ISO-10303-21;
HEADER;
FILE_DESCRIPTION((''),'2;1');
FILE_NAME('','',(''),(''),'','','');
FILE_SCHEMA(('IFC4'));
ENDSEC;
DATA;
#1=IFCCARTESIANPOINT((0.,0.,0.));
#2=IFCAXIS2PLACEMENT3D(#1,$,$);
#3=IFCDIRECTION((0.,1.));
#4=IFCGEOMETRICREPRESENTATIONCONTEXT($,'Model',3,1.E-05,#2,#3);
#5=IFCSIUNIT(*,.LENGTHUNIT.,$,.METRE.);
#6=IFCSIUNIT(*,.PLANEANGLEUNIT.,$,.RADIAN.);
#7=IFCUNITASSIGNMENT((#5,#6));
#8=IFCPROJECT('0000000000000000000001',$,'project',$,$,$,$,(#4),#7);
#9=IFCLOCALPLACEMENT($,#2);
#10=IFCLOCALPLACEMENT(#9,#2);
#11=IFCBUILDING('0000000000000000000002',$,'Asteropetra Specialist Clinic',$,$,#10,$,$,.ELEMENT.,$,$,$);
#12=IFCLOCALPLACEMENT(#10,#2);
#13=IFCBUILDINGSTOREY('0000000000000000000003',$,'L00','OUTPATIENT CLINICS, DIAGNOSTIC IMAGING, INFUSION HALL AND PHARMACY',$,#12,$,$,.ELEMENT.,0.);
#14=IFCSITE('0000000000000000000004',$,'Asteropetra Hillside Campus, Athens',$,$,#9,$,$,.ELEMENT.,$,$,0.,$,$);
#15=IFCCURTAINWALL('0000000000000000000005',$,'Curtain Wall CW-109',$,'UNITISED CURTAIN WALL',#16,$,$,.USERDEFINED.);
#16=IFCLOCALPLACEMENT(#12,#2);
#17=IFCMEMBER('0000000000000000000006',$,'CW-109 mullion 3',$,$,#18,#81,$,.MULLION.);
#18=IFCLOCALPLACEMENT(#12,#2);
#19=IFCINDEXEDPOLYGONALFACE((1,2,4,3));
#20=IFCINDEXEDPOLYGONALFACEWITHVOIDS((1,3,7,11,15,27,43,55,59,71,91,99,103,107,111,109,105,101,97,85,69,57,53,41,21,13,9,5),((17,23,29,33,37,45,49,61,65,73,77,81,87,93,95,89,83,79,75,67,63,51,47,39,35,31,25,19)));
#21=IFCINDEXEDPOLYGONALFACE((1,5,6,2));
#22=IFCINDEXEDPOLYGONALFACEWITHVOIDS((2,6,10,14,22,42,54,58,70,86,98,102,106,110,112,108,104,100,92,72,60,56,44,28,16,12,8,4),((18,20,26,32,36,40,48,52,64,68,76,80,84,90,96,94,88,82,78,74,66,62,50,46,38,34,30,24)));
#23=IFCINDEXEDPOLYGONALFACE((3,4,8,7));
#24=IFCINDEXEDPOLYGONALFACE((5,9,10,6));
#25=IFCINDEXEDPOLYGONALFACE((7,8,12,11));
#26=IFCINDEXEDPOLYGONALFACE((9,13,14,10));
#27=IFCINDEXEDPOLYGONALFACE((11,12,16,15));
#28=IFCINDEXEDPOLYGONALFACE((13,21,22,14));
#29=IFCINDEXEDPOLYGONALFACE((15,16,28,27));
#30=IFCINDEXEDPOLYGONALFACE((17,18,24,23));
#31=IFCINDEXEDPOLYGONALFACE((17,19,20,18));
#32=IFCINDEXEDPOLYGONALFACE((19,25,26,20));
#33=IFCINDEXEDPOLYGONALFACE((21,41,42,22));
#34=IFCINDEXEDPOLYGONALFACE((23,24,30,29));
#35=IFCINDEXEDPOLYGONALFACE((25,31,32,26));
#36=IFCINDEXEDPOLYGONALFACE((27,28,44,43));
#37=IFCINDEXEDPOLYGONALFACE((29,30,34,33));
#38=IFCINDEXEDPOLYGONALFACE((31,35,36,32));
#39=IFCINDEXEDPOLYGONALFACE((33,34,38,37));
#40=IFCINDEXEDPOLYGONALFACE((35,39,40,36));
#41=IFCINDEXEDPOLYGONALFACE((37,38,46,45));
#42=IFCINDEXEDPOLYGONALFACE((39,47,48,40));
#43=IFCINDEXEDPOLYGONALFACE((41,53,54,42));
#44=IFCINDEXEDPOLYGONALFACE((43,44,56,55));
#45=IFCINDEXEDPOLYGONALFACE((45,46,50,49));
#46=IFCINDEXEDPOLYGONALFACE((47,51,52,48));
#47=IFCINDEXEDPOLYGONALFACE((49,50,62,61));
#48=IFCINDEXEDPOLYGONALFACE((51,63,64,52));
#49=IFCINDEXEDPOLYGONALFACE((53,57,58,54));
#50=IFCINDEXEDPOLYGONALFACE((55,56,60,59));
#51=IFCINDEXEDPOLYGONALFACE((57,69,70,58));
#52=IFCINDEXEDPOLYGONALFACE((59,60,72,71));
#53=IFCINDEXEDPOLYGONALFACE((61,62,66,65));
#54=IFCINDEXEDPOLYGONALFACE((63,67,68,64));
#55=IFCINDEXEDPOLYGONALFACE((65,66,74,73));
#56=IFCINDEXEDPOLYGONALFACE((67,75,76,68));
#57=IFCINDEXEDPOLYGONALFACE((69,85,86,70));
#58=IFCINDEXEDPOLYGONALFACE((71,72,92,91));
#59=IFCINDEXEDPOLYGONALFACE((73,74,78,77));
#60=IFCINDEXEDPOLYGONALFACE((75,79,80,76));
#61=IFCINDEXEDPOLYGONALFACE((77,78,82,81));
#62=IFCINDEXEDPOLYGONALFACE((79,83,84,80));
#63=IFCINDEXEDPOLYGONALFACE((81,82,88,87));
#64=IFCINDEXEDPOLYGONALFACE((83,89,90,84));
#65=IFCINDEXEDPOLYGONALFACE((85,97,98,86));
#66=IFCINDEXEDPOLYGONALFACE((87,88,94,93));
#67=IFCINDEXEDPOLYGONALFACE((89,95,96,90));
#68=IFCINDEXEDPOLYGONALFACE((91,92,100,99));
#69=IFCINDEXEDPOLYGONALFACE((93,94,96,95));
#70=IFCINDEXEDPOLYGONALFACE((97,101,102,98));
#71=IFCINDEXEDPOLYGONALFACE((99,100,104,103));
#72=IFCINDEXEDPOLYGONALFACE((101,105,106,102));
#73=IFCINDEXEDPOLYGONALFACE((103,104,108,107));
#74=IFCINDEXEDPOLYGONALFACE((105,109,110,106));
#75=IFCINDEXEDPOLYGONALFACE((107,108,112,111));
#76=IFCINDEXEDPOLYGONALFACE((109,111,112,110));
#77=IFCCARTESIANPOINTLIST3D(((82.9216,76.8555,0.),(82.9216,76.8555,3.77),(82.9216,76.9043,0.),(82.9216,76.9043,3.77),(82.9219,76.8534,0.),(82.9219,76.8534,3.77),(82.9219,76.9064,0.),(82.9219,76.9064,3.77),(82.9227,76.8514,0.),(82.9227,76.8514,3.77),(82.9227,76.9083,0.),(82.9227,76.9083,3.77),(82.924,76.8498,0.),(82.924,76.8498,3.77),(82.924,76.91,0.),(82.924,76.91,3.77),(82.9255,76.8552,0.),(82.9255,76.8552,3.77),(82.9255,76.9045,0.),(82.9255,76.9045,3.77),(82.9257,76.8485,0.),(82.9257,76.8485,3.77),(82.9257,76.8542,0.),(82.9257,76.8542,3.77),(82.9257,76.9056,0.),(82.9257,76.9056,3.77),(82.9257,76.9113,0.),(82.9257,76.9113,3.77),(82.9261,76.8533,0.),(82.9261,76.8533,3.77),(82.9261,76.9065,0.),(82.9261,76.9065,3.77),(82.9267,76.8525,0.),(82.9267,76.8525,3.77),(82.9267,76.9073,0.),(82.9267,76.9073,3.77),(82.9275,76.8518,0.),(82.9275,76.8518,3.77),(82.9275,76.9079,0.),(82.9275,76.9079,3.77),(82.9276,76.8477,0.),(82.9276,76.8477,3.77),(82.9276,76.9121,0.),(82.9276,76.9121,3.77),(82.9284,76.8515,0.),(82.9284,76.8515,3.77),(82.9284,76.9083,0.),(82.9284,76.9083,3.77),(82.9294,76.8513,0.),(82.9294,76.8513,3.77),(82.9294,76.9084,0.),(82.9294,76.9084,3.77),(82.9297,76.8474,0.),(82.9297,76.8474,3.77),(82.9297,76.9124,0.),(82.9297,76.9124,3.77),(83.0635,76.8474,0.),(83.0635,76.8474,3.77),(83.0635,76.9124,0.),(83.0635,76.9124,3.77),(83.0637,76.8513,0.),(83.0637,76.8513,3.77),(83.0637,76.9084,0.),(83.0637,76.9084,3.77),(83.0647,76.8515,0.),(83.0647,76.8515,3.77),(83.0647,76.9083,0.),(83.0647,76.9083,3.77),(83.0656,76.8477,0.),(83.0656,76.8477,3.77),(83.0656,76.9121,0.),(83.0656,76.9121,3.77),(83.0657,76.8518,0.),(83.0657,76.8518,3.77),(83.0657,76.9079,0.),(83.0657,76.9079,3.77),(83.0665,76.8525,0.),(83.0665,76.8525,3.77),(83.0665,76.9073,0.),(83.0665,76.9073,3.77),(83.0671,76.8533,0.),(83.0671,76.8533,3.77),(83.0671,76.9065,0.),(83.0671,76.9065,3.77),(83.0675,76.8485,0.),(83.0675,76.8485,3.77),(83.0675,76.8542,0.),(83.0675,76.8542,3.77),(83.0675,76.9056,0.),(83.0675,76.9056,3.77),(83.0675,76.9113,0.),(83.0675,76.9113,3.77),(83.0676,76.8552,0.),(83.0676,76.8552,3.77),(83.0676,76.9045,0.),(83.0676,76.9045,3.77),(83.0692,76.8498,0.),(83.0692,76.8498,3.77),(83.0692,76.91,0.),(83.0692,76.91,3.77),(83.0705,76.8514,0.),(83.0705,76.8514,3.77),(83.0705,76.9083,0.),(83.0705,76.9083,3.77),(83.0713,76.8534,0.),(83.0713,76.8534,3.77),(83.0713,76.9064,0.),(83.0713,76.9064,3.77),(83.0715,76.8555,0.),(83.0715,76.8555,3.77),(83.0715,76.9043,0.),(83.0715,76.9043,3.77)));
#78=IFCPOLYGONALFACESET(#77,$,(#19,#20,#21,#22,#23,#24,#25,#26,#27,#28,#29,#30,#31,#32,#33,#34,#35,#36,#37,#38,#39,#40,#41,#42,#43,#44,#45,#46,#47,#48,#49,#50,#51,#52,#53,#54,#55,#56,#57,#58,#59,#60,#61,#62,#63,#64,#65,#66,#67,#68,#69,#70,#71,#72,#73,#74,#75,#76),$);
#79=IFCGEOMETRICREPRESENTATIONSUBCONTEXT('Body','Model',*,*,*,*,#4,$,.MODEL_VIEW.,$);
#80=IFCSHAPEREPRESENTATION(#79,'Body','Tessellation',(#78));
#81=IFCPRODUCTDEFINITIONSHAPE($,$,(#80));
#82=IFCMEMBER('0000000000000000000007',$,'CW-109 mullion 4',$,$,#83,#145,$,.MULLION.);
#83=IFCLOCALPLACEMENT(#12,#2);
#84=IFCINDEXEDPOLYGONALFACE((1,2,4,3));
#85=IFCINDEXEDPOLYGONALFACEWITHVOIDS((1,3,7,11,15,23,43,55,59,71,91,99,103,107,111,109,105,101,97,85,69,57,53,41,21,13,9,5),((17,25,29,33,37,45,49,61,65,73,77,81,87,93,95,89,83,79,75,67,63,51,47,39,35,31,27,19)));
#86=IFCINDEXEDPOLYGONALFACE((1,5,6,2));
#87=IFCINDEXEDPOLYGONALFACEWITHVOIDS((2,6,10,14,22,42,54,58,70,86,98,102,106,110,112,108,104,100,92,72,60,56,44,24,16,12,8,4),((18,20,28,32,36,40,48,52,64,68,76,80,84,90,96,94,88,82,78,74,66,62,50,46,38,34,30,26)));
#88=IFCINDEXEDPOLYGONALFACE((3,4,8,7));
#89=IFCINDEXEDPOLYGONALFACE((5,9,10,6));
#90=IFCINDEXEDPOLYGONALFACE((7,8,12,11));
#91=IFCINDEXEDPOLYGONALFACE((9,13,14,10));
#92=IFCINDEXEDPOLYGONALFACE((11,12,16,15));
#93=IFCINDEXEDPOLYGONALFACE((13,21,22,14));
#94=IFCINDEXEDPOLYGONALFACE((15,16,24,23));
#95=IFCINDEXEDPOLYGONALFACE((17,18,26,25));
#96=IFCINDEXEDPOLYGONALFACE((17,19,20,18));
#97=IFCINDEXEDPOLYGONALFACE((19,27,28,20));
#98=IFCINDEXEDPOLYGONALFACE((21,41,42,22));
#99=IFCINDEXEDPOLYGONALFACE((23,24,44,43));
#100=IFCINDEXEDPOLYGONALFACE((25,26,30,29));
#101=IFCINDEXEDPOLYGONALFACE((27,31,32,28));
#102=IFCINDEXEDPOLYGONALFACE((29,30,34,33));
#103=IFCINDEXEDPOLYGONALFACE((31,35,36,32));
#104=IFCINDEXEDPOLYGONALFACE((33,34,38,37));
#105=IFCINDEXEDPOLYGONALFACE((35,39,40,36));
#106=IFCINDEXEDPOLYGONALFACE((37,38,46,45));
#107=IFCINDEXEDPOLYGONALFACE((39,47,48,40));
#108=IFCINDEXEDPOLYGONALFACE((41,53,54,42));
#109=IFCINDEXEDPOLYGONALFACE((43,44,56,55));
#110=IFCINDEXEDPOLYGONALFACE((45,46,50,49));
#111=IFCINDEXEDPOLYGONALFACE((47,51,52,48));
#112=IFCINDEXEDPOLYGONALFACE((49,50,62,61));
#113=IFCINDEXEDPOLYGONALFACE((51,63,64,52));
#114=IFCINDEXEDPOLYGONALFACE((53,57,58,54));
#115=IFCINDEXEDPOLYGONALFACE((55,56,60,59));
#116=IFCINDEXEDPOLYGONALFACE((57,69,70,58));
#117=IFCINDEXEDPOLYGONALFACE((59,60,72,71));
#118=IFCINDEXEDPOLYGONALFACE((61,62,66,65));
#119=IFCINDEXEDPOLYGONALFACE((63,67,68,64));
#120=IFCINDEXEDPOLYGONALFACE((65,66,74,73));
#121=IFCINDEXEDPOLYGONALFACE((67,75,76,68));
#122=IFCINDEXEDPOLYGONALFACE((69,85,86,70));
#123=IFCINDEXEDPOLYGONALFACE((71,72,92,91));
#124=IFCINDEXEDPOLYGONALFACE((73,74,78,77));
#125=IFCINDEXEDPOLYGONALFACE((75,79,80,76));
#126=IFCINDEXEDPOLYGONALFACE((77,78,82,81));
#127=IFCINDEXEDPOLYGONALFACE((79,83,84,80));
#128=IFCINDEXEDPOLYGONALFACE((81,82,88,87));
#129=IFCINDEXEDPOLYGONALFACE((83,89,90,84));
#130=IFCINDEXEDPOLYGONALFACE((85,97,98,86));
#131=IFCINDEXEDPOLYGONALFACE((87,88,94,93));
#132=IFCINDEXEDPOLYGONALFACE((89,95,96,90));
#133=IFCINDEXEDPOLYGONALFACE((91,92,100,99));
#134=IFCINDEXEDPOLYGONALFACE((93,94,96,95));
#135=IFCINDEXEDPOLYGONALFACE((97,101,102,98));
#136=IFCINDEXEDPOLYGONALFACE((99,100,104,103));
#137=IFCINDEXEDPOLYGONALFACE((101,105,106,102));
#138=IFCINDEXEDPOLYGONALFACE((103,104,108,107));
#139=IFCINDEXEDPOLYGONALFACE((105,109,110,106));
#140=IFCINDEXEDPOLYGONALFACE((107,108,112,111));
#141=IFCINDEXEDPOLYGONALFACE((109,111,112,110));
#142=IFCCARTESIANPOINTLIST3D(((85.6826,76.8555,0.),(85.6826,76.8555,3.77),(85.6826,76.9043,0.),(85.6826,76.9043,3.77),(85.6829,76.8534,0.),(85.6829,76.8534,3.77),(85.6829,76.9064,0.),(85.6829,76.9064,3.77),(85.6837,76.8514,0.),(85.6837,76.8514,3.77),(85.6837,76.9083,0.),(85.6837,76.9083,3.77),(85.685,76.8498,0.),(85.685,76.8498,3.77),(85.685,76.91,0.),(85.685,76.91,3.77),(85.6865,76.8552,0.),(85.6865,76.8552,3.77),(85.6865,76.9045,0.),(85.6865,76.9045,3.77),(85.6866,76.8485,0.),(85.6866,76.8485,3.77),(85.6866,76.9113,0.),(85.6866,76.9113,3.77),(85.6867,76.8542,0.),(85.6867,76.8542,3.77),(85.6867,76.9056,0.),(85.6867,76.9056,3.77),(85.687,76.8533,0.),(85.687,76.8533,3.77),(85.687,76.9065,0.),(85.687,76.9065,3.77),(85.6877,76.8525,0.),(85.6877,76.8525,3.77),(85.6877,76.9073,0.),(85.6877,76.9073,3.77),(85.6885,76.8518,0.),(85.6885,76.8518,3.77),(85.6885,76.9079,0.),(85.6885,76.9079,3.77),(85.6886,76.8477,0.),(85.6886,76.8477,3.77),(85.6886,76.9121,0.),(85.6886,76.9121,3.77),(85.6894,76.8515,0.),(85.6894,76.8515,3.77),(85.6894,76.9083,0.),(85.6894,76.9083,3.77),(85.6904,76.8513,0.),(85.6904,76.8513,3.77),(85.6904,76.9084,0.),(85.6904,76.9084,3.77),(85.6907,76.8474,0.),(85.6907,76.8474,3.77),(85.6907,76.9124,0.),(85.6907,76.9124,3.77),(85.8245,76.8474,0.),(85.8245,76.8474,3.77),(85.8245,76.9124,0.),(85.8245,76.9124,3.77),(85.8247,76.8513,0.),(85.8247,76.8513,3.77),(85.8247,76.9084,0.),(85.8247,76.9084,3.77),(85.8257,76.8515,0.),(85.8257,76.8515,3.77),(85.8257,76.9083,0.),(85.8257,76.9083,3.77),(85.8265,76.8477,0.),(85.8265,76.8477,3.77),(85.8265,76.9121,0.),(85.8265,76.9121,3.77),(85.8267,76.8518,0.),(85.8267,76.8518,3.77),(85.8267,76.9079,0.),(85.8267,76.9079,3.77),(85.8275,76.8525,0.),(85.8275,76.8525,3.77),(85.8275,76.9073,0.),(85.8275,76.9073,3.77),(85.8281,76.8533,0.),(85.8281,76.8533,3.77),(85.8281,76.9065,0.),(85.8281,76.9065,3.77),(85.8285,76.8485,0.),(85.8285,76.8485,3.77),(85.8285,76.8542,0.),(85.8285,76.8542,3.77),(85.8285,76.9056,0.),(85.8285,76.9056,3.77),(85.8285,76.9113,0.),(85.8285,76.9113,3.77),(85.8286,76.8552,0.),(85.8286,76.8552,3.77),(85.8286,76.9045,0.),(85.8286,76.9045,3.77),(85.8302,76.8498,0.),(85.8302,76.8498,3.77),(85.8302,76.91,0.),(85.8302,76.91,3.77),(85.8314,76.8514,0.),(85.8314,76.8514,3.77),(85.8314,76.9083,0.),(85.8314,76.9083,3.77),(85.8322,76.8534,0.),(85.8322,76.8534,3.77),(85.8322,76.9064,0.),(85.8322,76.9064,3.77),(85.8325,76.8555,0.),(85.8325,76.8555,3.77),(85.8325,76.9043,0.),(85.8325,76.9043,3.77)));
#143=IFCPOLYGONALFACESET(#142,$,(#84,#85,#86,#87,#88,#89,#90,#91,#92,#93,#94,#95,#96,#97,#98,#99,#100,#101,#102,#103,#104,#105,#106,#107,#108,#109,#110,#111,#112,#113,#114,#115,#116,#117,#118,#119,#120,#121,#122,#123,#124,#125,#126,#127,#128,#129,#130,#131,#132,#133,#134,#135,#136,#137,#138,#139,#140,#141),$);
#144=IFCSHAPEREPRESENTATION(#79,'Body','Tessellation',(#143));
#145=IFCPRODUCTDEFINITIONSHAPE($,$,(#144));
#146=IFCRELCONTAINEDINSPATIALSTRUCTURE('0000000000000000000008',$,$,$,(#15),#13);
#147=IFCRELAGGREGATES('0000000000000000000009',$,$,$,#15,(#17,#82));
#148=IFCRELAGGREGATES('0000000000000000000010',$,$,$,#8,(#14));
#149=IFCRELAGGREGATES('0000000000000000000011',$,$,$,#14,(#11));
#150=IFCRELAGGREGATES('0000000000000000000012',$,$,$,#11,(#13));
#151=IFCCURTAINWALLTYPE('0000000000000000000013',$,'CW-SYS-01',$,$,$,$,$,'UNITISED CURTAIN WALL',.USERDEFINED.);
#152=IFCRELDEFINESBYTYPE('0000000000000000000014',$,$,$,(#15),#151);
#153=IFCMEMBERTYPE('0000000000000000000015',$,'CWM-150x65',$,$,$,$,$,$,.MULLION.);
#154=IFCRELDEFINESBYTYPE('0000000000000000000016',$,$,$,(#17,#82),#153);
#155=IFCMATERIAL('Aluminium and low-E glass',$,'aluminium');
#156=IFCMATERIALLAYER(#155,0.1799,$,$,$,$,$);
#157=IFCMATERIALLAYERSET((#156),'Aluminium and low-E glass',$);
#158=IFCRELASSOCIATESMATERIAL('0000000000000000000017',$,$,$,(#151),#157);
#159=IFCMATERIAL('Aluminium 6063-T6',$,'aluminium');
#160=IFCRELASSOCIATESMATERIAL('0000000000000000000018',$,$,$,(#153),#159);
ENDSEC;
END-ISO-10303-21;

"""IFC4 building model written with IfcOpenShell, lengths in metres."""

from ifc_helpers import new_model, si_unit, direction, frame, origin, origin_2d, place, context, subcontext, project, spatial, hollow_rectangle, extrude, material, layer, layer_set, material_profile, profile_set, type_object, element, aggregate, save


model = new_model("IFC4")

# Units and contexts
model_context = context("Model", 3, precision=1e-05, world=origin(), true_north=direction((0.0, 1.0)))
body_context = subcontext(model_context, "Body", "Model", "MODEL_VIEW")
ifc_project = project(units=[si_unit("LENGTHUNIT", "METRE"), si_unit("PLANEANGLEUNIT", "RADIAN")], contexts=[model_context])

# Site, building, storey
site_placement = place(None, origin())
site = spatial("IfcSite", under=ifc_project, at=site_placement, Name="Asteropetra Hillside Campus, Athens", CompositionType="ELEMENT", RefElevation=0.0)
building_placement = place(site_placement, origin())
building = spatial("IfcBuilding", under=site, at=building_placement, Name="Asteropetra Specialist Clinic", CompositionType="ELEMENT")
storey_placement = place(building_placement, origin())
storey = spatial("IfcBuildingStorey", under=building, at=storey_placement, Name="L00", Description="OUTPATIENT CLINICS, DIAGNOSTIC IMAGING, INFUSION HALL AND PHARMACY", CompositionType="ELEMENT", Elevation=0.0)

# Curtain wall, members
ifc_material_1 = material(Name="Aluminium and low-E glass", Category="aluminium")
ifc_layer_1 = layer(ifc_material_1, 0.1799)
ifc_layer_set_1 = layer_set([ifc_layer_1], Name="Aluminium and low-E glass")
curtain_wall_type_1 = type_object("IfcCurtainWallType", Name="CW-SYS-01", ElementType="UNITISED CURTAIN WALL", PredefinedType="USERDEFINED", material=ifc_layer_set_1)
curtain_wall_1_placement = place(storey_placement, origin())
curtain_wall_1 = element("IfcCurtainWall", 1, at=curtain_wall_1_placement, inside=storey, type_object=curtain_wall_type_1, Name="Curtain Wall CW-109", ObjectType="UNITISED CURTAIN WALL", PredefinedType="USERDEFINED")
ifc_material_2 = material(Name="Aluminium 6063-T6", Category="aluminium")
ifc_material_profile_1 = material_profile(ifc_material_2, hollow_rectangle(XDim=0.0649, YDim=0.1499, WallThickness=0.0039, InnerFilletRadius=0.0039, OuterFilletRadius=0.0081, at=origin_2d()), Name="MUL 150x65x4.0")
ifc_profile_set_1 = profile_set([ifc_material_profile_1], Name="Aluminium 6063-T6")
member_type_1 = type_object("IfcMemberType", Name="CWM-150x65", PredefinedType="MULLION", material=ifc_profile_set_1)
member_1_placement = place(storey_placement, frame((82.9966, 76.8799, 0.0), z_axis=(0.0, 0.0, 1.0), x_axis=(0.0, 1.0, 0.0)))
member_1 = element("IfcMember", 2, at=member_1_placement, type_object=member_type_1, Name="CW-109 mullion 3", PredefinedType="MULLION", context=body_context, shape_type="SweptSolid", body=[
    extrude(hollow_rectangle(XDim=0.0649, YDim=0.1499, WallThickness=0.0039, InnerFilletRadius=0.0039, OuterFilletRadius=0.0081, at=origin_2d()), origin(), (0.0, 0.0, 1.0), 3.77),
])
member_2_placement = place(storey_placement, frame((85.7576, 76.8799, 0.0), z_axis=(0.0, 0.0, 1.0), x_axis=(0.0, 1.0, 0.0)))
member_2 = element("IfcMember", 3, at=member_2_placement, type_object=member_type_1, Name="CW-109 mullion 4", PredefinedType="MULLION", context=body_context, shape_type="SweptSolid", body=[
    extrude(hollow_rectangle(XDim=0.0649, YDim=0.1499, WallThickness=0.0039, InnerFilletRadius=0.0039, OuterFilletRadius=0.0081, at=origin_2d()), origin(), (0.0, 0.0, 1.0), 3.77),
])
aggregate(curtain_wall_1, [member_1, member_2])

save(model, "model.ifc")
